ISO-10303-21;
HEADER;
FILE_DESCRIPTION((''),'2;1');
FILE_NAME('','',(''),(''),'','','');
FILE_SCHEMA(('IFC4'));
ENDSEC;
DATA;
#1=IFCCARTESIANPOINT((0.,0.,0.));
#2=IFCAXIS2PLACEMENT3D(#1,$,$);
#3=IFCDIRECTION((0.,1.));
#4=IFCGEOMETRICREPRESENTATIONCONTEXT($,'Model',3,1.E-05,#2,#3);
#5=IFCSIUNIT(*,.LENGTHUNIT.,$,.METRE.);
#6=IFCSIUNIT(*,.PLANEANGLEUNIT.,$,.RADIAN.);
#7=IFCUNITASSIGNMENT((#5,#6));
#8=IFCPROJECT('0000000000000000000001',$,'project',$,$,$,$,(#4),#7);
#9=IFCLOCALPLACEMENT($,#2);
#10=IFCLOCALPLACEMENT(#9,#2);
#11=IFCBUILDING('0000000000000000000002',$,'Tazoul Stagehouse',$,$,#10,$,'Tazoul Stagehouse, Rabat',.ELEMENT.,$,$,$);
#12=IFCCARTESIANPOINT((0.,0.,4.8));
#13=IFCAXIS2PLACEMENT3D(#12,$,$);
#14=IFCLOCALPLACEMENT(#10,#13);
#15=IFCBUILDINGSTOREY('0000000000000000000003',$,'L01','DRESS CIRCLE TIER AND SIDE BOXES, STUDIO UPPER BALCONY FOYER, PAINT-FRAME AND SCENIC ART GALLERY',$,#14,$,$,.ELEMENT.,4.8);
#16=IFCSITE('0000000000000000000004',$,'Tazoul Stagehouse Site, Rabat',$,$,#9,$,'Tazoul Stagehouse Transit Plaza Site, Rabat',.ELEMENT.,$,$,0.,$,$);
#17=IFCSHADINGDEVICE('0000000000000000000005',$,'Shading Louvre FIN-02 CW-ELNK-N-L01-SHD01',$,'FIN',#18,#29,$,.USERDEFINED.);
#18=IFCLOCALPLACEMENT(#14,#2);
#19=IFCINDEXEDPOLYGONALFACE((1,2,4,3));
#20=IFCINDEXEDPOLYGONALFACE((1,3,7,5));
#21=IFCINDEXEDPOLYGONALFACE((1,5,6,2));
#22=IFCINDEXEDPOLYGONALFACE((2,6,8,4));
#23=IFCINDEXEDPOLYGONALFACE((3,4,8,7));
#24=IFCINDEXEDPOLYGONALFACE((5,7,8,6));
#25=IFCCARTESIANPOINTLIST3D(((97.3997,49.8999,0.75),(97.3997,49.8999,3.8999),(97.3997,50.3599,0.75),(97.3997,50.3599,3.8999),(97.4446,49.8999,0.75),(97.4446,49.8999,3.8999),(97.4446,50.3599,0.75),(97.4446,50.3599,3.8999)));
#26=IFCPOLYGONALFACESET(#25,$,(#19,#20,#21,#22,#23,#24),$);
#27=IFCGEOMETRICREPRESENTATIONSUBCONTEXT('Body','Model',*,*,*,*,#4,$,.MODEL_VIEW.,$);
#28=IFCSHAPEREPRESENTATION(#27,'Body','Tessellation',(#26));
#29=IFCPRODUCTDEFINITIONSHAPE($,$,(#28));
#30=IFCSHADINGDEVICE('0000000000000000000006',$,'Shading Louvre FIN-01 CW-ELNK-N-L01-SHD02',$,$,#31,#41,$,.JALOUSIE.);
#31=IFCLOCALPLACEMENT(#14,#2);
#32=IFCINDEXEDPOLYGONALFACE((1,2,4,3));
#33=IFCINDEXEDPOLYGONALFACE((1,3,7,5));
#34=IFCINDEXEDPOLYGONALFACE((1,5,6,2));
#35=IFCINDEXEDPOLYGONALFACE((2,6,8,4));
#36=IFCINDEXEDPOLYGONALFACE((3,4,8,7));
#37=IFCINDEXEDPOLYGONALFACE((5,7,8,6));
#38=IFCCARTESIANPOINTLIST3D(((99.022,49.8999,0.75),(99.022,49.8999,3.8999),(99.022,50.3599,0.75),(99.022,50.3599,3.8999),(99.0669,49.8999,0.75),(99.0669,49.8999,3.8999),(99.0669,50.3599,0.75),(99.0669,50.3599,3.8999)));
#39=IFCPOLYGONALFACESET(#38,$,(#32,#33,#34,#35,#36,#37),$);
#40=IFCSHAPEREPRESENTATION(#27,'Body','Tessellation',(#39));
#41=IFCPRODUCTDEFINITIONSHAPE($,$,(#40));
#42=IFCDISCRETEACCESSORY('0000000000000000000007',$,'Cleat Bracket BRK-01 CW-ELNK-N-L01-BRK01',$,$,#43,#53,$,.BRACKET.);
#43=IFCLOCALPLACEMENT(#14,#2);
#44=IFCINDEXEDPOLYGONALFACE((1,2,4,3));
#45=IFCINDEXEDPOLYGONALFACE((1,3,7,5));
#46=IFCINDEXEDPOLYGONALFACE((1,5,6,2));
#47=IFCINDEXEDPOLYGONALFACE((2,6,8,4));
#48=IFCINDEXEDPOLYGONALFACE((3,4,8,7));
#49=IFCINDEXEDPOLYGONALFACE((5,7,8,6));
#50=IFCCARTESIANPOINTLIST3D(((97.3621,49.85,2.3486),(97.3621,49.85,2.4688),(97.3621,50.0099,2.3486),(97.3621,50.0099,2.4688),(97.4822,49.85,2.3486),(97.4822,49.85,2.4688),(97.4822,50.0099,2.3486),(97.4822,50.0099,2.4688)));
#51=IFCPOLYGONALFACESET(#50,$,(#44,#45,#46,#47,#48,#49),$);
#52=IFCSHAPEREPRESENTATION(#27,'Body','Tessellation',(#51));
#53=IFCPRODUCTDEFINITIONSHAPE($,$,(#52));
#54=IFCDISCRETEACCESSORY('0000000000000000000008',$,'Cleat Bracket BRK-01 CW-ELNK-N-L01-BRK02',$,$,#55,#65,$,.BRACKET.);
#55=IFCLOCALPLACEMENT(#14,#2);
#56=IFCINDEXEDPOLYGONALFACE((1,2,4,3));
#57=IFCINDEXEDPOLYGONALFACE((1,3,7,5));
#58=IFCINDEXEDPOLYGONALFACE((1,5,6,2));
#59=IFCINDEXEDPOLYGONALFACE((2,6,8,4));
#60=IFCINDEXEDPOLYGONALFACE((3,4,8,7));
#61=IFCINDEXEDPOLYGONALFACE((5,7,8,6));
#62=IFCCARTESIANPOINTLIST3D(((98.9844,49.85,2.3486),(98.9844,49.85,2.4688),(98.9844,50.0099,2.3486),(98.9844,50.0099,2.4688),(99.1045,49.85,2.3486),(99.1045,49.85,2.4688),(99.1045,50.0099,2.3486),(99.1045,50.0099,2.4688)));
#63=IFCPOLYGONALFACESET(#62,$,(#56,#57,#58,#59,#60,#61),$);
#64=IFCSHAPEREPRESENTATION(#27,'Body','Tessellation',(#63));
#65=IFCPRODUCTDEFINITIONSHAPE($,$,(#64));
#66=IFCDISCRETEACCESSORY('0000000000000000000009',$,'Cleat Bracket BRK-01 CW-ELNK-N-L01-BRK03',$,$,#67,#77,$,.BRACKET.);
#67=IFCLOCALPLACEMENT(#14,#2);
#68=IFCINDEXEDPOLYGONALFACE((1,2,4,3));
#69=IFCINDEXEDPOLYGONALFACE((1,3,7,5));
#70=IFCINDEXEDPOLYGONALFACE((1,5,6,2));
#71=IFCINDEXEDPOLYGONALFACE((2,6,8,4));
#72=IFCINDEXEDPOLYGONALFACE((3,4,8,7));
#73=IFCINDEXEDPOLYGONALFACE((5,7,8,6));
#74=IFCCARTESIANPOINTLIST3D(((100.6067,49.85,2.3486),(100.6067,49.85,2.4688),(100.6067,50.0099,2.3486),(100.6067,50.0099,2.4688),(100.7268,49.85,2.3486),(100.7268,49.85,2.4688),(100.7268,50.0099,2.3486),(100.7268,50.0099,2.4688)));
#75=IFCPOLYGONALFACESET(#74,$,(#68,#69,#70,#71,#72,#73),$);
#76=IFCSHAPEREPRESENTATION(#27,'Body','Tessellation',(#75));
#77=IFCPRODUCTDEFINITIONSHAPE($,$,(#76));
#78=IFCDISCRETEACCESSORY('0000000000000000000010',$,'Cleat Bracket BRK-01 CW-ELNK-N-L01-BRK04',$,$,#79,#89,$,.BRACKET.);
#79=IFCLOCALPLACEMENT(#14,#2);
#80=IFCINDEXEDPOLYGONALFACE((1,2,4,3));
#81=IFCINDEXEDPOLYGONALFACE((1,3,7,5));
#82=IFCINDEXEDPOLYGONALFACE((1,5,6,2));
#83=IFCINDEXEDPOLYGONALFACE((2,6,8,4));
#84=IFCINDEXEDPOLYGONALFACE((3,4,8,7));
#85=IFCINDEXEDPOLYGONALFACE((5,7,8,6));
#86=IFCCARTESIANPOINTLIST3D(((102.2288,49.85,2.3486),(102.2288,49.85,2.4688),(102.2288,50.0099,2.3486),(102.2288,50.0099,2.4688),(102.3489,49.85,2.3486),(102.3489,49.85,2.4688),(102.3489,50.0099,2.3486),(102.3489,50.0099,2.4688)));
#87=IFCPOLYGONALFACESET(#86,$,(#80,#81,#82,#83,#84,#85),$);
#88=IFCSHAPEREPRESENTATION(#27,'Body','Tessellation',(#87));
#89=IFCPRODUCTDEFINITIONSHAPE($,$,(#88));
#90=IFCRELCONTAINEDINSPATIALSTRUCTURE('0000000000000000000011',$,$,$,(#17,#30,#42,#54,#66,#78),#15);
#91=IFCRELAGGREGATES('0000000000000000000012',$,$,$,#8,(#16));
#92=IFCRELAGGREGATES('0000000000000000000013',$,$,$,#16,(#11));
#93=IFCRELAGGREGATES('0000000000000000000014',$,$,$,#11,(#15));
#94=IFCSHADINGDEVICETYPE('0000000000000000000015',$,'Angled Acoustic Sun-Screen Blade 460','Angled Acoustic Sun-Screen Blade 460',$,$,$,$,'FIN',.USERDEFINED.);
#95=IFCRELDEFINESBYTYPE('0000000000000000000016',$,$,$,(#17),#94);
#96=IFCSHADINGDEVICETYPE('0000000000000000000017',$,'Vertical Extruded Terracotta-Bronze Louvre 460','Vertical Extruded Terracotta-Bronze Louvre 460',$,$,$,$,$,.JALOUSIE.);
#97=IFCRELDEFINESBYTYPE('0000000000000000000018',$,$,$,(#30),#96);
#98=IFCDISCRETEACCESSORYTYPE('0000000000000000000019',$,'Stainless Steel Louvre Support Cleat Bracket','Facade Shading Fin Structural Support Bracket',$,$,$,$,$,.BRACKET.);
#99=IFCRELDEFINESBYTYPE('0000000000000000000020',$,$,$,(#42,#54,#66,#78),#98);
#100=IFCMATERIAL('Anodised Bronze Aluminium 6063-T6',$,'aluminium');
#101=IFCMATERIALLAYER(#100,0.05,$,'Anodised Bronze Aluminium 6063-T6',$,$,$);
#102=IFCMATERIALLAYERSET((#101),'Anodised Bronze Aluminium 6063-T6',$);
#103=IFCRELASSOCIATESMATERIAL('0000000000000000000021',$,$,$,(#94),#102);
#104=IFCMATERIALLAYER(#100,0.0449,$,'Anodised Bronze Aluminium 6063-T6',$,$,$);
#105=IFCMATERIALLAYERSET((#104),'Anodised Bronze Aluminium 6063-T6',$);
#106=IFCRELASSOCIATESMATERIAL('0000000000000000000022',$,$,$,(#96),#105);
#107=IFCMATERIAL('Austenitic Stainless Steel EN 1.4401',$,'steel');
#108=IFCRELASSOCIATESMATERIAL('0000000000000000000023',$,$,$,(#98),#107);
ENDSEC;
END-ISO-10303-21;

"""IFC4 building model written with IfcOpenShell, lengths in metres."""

from ifc_helpers import new_model, si_unit, direction, frame, origin, origin_2d, place, context, subcontext, project, spatial, rectangle, extrude, material, layer, layer_set, type_object, element, save


model = new_model("IFC4")

# Units and contexts
model_context = context("Model", 3, precision=1e-05, world=origin(), true_north=direction((0.0, 1.0)))
body_context = subcontext(model_context, "Body", "Model", "MODEL_VIEW")
ifc_project = project(units=[si_unit("LENGTHUNIT", "METRE"), si_unit("PLANEANGLEUNIT", "RADIAN")], contexts=[model_context])

# Shared definitions
ifc_material_1 = material(Name="Anodised Bronze Aluminium 6063-T6", Category="aluminium")
site_placement = place(None, origin())
building_placement = place(site_placement, origin())
storey_placement = place(building_placement, frame((0.0, 0.0, 4.8)))

# Site, building, storey
site = spatial("IfcSite", under=ifc_project, at=site_placement, Name="Tazoul Stagehouse Site, Rabat", LongName="Tazoul Stagehouse Transit Plaza Site, Rabat", CompositionType="ELEMENT", RefElevation=0.0)
building = spatial("IfcBuilding", under=site, at=building_placement, Name="Tazoul Stagehouse", LongName="Tazoul Stagehouse, Rabat", CompositionType="ELEMENT")
storey = spatial("IfcBuildingStorey", under=building, at=storey_placement, Name="L01", Description="DRESS CIRCLE TIER AND SIDE BOXES, STUDIO UPPER BALCONY FOYER, PAINT-FRAME AND SCENIC ART GALLERY", CompositionType="ELEMENT", Elevation=4.8)

# Shading devices
ifc_layer_1 = layer(ifc_material_1, 0.05, Name="Anodised Bronze Aluminium 6063-T6")
ifc_layer_set_1 = layer_set([ifc_layer_1], Name="Anodised Bronze Aluminium 6063-T6")
shading_device_type_1 = type_object("IfcShadingDeviceType", Name="Angled Acoustic Sun-Screen Blade 460", Description="Angled Acoustic Sun-Screen Blade 460", ElementType="FIN", PredefinedType="USERDEFINED", material=ifc_layer_set_1)
shading_device_1_placement = place(storey_placement, frame((97.4221, 50.1299, 0.75), z_axis=(0.0, 0.0, 1.0), x_axis=(1.0, 0.0, 0.0)))
element("IfcShadingDevice", 1, at=shading_device_1_placement, inside=storey, type_object=shading_device_type_1, Name="Shading Louvre FIN-02 CW-ELNK-N-L01-SHD01", ObjectType="FIN", PredefinedType="USERDEFINED", context=body_context, shape_type="SweptSolid", body=[
    extrude(rectangle(XDim=0.0449, YDim=0.46, at=origin_2d()), origin(), (0.0, 0.0, 1.0), 3.1499),
])
ifc_layer_2 = layer(ifc_material_1, 0.0449, Name="Anodised Bronze Aluminium 6063-T6")
ifc_layer_set_2 = layer_set([ifc_layer_2], Name="Anodised Bronze Aluminium 6063-T6")
shading_device_type_2 = type_object("IfcShadingDeviceType", Name="Vertical Extruded Terracotta-Bronze Louvre 460", Description="Vertical Extruded Terracotta-Bronze Louvre 460", PredefinedType="JALOUSIE", material=ifc_layer_set_2)
shading_device_2_placement = place(storey_placement, frame((99.0444, 50.1299, 0.75), z_axis=(0.0, 0.0, 1.0), x_axis=(1.0, 0.0, 0.0)))
element("IfcShadingDevice", 2, at=shading_device_2_placement, inside=storey, type_object=shading_device_type_2, Name="Shading Louvre FIN-01 CW-ELNK-N-L01-SHD02", PredefinedType="JALOUSIE", context=body_context, shape_type="SweptSolid", body=[
    extrude(rectangle(XDim=0.0449, YDim=0.46, at=origin_2d()), origin(), (0.0, 0.0, 1.0), 3.1499),
])

# Discrete accessories
ifc_material_2 = material(Name="Austenitic Stainless Steel EN 1.4401", Category="steel")
discrete_accessory_type = type_object("IfcDiscreteAccessoryType", Name="Stainless Steel Louvre Support Cleat Bracket", Description="Facade Shading Fin Structural Support Bracket", PredefinedType="BRACKET", material=ifc_material_2)
for number, where, z_axis, x_axis, name in (
    (3, (97.4221, 49.9299, 2.3486), (0.0, 0.0, 1.0), (1.0, 0.0, 0.0), "Cleat Bracket BRK-01 CW-ELNK-N-L01-BRK01"),
    (4, (99.0444, 49.9299, 2.3486), (0.0, 0.0, 1.0), (1.0, 0.0, 0.0), "Cleat Bracket BRK-01 CW-ELNK-N-L01-BRK02"),
    (5, (100.6667, 49.9299, 2.3486), (0.0, 0.0, 1.0), (1.0, 0.0, 0.0), "Cleat Bracket BRK-01 CW-ELNK-N-L01-BRK03"),
    (6, (102.2888, 49.9299, 2.3486), (0.0, 0.0, 1.0), (1.0, 0.0, 0.0), "Cleat Bracket BRK-01 CW-ELNK-N-L01-BRK04"),
):
    element("IfcDiscreteAccessory", number, at=place(storey_placement, frame(where, z_axis=z_axis, x_axis=x_axis)), inside=storey, type_object=discrete_accessory_type, Name=name, PredefinedType="BRACKET", context=body_context, shape_type="SweptSolid", body=[
        extrude(rectangle(XDim=0.1201, YDim=0.1599, at=origin_2d()), origin(), (0.0, 0.0, 1.0), 0.1201),
    ])

save(model, "model.ifc")
